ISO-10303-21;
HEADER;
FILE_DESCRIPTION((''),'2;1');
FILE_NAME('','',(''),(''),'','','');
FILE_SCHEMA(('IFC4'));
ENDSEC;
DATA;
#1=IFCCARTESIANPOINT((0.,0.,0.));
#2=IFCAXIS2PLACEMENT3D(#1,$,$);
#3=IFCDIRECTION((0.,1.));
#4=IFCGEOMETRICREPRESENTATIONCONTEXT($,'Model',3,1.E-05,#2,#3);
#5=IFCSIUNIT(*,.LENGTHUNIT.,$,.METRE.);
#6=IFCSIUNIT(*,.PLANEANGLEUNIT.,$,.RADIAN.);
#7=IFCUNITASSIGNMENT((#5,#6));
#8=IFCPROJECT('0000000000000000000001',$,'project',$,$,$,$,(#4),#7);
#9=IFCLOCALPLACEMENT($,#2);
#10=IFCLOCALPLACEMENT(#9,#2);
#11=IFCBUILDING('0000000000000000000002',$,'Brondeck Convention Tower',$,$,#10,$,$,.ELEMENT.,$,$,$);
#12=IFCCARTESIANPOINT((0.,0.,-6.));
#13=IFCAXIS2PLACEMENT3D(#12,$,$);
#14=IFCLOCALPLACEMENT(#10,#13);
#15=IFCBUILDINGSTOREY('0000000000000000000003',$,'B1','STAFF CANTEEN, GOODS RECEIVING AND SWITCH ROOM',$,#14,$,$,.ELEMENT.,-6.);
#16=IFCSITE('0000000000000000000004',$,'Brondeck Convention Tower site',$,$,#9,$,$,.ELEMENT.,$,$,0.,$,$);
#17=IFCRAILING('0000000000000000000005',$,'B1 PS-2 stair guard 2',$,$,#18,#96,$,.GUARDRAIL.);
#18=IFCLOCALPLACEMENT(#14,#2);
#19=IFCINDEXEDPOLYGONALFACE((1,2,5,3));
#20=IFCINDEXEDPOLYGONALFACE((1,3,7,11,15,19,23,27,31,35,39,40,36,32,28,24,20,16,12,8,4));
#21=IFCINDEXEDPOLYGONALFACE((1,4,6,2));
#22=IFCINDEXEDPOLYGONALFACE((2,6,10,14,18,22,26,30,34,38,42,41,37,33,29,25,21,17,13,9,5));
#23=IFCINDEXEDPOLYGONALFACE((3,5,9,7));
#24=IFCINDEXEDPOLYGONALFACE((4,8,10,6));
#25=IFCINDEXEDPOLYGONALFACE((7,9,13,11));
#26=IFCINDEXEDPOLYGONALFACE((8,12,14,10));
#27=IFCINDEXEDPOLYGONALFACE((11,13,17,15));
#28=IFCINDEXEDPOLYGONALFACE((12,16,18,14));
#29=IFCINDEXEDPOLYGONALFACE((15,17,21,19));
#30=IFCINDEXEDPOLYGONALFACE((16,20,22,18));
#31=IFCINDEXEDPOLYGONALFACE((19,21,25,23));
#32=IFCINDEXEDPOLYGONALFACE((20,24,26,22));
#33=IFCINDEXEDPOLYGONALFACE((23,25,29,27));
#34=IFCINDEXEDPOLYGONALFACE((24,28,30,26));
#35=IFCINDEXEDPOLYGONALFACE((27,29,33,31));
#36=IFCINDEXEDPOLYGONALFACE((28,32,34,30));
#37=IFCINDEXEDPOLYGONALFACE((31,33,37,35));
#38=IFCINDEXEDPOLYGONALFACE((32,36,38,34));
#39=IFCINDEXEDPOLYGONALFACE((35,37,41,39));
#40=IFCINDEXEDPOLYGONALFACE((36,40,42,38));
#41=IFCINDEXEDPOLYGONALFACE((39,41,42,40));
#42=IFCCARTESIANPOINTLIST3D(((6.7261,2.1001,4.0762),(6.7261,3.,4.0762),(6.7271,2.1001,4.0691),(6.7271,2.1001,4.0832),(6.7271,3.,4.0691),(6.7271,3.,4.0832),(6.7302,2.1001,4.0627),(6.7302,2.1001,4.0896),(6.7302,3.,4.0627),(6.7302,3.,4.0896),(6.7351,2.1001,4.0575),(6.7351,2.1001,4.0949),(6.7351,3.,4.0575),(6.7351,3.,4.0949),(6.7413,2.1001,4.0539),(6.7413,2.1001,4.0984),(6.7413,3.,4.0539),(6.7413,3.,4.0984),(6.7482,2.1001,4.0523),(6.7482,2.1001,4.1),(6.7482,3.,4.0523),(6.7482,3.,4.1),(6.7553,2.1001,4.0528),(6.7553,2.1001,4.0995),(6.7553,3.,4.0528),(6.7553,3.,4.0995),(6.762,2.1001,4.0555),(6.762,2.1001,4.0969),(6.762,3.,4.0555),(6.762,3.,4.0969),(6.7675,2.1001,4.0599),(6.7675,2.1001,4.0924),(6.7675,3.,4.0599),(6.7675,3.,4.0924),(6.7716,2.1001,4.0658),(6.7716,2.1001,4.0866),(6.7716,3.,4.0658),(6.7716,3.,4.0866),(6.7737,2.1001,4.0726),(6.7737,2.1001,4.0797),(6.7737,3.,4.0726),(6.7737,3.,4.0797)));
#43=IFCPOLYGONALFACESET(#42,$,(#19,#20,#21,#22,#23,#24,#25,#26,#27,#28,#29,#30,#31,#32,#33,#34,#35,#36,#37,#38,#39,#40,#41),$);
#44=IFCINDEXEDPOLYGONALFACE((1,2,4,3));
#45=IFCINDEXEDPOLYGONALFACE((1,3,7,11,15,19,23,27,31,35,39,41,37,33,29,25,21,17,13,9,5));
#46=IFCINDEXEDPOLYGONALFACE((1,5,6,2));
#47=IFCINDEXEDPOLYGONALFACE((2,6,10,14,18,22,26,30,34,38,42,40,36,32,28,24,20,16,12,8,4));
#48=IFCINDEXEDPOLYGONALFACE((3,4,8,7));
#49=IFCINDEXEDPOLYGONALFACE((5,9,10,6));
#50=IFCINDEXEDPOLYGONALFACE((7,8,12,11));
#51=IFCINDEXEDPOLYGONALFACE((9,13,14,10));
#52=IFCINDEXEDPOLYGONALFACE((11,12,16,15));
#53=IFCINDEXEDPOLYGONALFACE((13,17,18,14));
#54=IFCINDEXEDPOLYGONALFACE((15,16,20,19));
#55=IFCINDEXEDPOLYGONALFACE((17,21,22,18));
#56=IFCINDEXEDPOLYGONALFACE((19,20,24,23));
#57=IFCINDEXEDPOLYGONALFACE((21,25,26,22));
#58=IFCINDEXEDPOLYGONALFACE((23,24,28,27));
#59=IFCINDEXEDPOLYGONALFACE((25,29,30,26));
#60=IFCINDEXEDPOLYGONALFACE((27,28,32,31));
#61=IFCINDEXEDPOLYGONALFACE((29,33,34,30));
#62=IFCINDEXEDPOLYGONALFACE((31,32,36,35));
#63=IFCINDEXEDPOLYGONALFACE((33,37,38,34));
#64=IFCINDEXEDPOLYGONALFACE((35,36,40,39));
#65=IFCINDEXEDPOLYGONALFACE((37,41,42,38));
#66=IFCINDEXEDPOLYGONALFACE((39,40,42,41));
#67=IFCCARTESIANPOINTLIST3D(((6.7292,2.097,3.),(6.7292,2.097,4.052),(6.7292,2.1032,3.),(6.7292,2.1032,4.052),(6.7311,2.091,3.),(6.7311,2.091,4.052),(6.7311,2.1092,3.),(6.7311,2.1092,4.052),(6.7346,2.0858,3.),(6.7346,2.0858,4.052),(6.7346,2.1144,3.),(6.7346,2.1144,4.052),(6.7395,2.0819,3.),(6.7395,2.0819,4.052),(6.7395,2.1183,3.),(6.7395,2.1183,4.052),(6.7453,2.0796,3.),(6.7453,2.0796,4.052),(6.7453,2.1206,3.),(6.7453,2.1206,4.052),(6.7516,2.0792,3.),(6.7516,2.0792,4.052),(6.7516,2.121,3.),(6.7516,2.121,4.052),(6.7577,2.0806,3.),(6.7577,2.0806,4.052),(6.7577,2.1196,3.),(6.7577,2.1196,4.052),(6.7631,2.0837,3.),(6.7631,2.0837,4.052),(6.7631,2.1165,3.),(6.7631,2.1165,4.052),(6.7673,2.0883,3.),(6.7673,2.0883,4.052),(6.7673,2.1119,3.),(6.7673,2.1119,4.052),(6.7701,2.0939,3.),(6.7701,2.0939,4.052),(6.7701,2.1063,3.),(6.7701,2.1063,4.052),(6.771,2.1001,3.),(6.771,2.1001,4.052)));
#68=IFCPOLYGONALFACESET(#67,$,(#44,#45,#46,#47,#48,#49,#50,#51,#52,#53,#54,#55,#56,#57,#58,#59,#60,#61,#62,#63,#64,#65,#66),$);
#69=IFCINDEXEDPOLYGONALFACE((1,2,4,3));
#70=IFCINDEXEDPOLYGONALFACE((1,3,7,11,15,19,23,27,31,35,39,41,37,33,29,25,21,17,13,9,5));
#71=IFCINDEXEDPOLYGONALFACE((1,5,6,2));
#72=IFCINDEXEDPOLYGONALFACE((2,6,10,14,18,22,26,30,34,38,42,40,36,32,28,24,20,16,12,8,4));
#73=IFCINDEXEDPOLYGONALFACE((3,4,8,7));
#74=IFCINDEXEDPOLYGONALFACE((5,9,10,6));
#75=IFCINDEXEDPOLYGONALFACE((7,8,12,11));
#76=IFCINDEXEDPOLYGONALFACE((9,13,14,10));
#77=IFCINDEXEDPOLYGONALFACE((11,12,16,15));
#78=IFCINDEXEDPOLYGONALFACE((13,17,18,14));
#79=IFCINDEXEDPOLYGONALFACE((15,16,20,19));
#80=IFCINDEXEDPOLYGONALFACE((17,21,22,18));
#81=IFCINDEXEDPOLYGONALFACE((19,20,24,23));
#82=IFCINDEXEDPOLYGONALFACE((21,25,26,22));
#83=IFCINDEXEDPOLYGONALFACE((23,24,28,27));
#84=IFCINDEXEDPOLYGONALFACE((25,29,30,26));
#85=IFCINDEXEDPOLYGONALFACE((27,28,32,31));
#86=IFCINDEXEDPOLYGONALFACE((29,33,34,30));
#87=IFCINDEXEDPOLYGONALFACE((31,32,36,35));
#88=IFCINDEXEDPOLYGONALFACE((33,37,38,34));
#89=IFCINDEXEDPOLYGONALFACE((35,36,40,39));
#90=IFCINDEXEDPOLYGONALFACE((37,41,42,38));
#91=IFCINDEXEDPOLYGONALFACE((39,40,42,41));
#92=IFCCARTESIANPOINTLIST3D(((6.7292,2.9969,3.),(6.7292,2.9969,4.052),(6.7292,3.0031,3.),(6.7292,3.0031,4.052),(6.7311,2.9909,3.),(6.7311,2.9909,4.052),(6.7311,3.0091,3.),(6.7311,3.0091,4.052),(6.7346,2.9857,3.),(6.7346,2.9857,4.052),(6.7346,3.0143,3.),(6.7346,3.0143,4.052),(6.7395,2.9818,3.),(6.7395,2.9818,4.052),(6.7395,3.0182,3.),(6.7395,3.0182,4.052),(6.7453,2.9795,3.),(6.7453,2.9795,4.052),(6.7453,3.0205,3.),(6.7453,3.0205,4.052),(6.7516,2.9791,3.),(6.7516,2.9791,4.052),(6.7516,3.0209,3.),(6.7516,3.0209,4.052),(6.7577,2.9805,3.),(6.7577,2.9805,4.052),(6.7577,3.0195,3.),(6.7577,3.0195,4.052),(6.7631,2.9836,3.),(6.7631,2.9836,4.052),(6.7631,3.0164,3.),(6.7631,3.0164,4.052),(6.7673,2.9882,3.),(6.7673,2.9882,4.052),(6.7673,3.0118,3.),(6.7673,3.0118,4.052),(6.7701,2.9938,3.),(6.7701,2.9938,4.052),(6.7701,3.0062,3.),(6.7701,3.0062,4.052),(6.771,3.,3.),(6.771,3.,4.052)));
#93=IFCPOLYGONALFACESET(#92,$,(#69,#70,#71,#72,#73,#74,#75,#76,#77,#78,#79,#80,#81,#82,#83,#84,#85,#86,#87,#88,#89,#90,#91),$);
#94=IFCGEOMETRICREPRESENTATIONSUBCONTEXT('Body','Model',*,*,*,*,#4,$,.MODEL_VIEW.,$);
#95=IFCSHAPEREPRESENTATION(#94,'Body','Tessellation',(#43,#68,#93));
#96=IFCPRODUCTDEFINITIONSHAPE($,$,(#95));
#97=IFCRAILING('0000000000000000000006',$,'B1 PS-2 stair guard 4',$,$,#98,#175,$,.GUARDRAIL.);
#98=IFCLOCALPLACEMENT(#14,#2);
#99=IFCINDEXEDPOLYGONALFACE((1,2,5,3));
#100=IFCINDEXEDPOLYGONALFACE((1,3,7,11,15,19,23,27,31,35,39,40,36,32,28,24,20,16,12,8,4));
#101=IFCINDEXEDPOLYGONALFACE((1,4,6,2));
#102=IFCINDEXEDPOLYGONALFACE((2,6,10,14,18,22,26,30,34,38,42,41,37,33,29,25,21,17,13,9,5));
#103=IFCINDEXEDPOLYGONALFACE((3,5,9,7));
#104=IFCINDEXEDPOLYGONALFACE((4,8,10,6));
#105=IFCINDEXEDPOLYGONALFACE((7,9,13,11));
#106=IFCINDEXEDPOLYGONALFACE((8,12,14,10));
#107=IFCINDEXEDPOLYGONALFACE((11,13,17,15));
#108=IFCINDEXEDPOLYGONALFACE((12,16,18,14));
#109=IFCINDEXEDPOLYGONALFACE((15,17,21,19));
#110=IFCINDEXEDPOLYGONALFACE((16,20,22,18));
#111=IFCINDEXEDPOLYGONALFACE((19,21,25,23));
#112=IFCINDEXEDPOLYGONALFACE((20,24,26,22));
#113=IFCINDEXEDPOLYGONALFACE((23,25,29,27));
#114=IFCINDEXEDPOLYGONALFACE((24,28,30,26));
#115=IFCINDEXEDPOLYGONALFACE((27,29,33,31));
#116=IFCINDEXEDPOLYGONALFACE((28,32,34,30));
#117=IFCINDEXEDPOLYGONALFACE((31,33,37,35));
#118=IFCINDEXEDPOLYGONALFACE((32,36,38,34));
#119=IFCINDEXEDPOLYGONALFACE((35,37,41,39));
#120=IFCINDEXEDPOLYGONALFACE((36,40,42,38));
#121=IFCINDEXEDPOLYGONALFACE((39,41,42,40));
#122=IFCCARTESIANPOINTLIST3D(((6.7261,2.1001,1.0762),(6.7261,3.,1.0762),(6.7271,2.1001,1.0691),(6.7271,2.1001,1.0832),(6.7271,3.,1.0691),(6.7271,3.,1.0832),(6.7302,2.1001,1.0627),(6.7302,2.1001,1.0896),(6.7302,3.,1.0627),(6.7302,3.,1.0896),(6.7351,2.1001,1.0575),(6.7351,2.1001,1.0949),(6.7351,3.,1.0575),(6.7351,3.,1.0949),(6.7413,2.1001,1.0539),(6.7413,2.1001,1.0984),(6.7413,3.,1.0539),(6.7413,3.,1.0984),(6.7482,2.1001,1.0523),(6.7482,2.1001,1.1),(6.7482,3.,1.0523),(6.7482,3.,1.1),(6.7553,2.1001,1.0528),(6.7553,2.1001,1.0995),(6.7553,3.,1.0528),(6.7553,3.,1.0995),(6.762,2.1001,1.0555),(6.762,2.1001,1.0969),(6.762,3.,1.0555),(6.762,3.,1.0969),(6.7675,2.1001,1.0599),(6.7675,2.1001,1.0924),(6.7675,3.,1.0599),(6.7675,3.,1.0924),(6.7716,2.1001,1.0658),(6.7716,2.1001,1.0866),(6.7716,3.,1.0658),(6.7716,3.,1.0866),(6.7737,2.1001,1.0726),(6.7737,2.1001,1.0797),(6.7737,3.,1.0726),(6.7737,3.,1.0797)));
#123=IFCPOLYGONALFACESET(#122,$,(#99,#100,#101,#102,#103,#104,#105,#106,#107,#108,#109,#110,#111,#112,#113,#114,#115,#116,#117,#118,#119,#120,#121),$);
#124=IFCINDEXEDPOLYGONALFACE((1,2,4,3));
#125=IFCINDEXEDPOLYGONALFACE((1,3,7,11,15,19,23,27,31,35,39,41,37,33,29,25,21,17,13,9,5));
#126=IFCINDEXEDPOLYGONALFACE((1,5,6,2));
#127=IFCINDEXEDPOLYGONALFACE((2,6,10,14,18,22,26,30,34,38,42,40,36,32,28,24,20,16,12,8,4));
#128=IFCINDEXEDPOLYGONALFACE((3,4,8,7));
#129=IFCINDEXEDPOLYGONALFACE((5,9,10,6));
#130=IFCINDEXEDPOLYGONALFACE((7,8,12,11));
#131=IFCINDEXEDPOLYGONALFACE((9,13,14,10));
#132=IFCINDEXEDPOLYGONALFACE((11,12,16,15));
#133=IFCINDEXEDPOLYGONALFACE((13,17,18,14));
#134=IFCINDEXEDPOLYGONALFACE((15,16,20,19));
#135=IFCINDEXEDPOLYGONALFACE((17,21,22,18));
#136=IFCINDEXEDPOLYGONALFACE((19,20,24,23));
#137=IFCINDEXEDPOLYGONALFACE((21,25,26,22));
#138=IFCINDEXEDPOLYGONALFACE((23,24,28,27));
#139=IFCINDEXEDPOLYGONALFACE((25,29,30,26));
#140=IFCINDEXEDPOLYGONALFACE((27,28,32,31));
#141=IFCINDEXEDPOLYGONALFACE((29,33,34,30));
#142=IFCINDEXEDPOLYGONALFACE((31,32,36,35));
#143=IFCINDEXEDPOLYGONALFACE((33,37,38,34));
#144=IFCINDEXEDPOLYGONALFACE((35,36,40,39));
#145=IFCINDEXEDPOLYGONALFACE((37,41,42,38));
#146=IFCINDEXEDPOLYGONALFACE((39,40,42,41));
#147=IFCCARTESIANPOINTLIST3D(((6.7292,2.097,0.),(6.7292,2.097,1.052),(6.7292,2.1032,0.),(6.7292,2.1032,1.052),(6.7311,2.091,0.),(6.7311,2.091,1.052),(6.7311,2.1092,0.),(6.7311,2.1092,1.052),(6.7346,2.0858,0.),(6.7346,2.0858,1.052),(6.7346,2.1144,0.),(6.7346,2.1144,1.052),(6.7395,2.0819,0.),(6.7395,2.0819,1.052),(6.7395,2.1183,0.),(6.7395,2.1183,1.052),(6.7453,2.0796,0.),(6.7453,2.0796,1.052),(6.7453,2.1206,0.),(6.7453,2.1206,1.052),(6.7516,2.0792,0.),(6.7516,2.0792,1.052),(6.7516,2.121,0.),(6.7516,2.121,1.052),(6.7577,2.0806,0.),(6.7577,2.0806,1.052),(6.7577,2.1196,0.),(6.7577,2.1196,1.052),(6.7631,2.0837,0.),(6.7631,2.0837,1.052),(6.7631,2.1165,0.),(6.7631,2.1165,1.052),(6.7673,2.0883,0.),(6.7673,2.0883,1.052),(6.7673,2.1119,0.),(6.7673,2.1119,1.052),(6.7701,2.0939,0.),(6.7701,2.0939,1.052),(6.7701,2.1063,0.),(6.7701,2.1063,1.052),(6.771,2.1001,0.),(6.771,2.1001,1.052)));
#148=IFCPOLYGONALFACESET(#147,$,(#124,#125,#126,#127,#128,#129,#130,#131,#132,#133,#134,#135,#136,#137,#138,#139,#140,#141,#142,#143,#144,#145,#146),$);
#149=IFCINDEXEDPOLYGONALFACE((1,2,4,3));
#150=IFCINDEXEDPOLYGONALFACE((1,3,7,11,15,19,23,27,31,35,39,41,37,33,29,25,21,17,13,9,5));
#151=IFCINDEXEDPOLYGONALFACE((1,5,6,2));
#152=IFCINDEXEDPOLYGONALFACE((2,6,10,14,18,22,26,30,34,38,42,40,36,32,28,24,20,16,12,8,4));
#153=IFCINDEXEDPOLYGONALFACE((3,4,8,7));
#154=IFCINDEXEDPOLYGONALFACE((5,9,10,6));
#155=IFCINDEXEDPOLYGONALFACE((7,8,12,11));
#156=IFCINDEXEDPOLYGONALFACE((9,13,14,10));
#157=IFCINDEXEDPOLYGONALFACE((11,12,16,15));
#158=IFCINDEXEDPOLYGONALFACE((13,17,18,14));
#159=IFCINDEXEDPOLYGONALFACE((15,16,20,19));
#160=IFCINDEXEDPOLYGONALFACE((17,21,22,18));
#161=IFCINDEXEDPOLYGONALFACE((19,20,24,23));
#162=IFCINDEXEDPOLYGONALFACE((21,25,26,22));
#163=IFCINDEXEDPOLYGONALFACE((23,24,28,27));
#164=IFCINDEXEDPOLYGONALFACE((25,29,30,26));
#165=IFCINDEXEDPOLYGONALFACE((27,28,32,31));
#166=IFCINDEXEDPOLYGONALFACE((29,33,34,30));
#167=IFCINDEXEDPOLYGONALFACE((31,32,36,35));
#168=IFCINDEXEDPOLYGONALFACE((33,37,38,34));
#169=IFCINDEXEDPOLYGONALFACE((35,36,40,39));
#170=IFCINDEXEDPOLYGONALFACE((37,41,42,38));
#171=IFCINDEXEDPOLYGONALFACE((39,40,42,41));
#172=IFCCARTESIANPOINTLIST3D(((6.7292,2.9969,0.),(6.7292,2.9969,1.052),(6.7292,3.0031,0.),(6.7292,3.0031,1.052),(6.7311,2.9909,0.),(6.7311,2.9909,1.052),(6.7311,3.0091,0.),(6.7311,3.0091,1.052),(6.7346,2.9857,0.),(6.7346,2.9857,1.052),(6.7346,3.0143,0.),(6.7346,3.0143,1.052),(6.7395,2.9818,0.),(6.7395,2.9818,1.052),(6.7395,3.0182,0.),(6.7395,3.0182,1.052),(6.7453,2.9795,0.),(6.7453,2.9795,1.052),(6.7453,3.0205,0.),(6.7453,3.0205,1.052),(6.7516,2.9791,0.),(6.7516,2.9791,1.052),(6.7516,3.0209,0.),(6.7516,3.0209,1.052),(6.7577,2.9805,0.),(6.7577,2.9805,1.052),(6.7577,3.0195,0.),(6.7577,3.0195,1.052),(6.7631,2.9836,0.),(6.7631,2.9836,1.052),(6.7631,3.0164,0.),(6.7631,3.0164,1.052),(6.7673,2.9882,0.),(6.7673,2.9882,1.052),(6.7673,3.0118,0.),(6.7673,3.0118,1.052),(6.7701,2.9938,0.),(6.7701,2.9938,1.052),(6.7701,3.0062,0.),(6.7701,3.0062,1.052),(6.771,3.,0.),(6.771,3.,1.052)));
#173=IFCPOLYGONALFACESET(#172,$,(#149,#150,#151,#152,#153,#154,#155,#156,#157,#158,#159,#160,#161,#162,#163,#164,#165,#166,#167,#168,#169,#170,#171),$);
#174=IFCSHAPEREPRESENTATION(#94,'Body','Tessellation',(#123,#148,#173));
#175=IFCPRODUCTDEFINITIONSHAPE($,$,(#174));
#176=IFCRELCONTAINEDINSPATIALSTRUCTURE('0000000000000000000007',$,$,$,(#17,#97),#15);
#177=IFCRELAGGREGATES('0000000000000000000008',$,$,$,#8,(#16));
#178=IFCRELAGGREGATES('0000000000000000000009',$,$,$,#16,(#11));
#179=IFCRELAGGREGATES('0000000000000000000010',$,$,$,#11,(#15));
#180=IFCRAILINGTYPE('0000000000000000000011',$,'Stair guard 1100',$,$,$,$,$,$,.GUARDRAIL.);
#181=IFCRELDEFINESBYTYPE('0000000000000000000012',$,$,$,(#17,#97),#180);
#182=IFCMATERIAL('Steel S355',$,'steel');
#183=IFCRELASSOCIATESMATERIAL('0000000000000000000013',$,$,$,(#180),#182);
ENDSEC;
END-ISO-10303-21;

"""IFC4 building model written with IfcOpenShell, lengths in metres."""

from ifc_helpers import new_model, si_unit, direction, frame, origin, origin_2d, place, context, subcontext, project, spatial, circle, extrude, material, type_object, element, save


model = new_model("IFC4")

# Units and contexts
model_context = context("Model", 3, precision=1e-05, world=origin(), true_north=direction((0.0, 1.0)))
body_context = subcontext(model_context, "Body", "Model", "MODEL_VIEW")
ifc_project = project(units=[si_unit("LENGTHUNIT", "METRE"), si_unit("PLANEANGLEUNIT", "RADIAN")], contexts=[model_context])

# Site, building, storey
site_placement = place(None, origin())
site = spatial("IfcSite", under=ifc_project, at=site_placement, Name="Brondeck Convention Tower site", CompositionType="ELEMENT", RefElevation=0.0)
building_placement = place(site_placement, origin())
building = spatial("IfcBuilding", under=site, at=building_placement, Name="Brondeck Convention Tower", CompositionType="ELEMENT")
storey_placement = place(building_placement, frame((0.0, 0.0, -6.0)))
storey = spatial("IfcBuildingStorey", under=building, at=storey_placement, Name="B1", Description="STAFF CANTEEN, GOODS RECEIVING AND SWITCH ROOM", CompositionType="ELEMENT", Elevation=-6.0)

# Railings
ifc_material_1 = material(Name="Steel S355", Category="steel")
railing_type_1 = type_object("IfcRailingType", Name="Stair guard 1100", PredefinedType="GUARDRAIL", material=ifc_material_1)
railing_1_placement = place(storey_placement, frame((6.75, 2.1001, 3.0)))
element("IfcRailing", 1, at=railing_1_placement, inside=storey, type_object=railing_type_1, Name="B1 PS-2 stair guard 2", PredefinedType="GUARDRAIL", context=body_context, shape_type="SweptSolid", body=[
    extrude(circle(Radius=0.0239, at=origin_2d()), frame((0.0, 0.0, 1.0762), z_axis=(0.0, 1.0, 0.0), x_axis=(-1.0, 0.0, 0.0)), (0.0, 0.0, 1.0), 0.8999),
    extrude(circle(Radius=0.021, at=origin_2d()), origin(), (0.0, 0.0, 1.0), 1.052),
    extrude(circle(Radius=0.021, at=origin_2d()), frame((0.0, 0.8999, 0.0)), (0.0, 0.0, 1.0), 1.052),
])
railing_2_placement = place(storey_placement, frame((6.75, 2.1001, 0.0)))
element("IfcRailing", 2, at=railing_2_placement, inside=storey, type_object=railing_type_1, Name="B1 PS-2 stair guard 4", PredefinedType="GUARDRAIL", context=body_context, shape_type="SweptSolid", body=[
    extrude(circle(Radius=0.0239, at=origin_2d()), frame((0.0, 0.0, 1.0762), z_axis=(0.0, 1.0, 0.0), x_axis=(-1.0, 0.0, 0.0)), (0.0, 0.0, 1.0), 0.8999),
    extrude(circle(Radius=0.021, at=origin_2d()), origin(), (0.0, 0.0, 1.0), 1.052),
    extrude(circle(Radius=0.021, at=origin_2d()), frame((0.0, 0.8999, 0.0)), (0.0, 0.0, 1.0), 1.052),
])

save(model, "model.ifc")
